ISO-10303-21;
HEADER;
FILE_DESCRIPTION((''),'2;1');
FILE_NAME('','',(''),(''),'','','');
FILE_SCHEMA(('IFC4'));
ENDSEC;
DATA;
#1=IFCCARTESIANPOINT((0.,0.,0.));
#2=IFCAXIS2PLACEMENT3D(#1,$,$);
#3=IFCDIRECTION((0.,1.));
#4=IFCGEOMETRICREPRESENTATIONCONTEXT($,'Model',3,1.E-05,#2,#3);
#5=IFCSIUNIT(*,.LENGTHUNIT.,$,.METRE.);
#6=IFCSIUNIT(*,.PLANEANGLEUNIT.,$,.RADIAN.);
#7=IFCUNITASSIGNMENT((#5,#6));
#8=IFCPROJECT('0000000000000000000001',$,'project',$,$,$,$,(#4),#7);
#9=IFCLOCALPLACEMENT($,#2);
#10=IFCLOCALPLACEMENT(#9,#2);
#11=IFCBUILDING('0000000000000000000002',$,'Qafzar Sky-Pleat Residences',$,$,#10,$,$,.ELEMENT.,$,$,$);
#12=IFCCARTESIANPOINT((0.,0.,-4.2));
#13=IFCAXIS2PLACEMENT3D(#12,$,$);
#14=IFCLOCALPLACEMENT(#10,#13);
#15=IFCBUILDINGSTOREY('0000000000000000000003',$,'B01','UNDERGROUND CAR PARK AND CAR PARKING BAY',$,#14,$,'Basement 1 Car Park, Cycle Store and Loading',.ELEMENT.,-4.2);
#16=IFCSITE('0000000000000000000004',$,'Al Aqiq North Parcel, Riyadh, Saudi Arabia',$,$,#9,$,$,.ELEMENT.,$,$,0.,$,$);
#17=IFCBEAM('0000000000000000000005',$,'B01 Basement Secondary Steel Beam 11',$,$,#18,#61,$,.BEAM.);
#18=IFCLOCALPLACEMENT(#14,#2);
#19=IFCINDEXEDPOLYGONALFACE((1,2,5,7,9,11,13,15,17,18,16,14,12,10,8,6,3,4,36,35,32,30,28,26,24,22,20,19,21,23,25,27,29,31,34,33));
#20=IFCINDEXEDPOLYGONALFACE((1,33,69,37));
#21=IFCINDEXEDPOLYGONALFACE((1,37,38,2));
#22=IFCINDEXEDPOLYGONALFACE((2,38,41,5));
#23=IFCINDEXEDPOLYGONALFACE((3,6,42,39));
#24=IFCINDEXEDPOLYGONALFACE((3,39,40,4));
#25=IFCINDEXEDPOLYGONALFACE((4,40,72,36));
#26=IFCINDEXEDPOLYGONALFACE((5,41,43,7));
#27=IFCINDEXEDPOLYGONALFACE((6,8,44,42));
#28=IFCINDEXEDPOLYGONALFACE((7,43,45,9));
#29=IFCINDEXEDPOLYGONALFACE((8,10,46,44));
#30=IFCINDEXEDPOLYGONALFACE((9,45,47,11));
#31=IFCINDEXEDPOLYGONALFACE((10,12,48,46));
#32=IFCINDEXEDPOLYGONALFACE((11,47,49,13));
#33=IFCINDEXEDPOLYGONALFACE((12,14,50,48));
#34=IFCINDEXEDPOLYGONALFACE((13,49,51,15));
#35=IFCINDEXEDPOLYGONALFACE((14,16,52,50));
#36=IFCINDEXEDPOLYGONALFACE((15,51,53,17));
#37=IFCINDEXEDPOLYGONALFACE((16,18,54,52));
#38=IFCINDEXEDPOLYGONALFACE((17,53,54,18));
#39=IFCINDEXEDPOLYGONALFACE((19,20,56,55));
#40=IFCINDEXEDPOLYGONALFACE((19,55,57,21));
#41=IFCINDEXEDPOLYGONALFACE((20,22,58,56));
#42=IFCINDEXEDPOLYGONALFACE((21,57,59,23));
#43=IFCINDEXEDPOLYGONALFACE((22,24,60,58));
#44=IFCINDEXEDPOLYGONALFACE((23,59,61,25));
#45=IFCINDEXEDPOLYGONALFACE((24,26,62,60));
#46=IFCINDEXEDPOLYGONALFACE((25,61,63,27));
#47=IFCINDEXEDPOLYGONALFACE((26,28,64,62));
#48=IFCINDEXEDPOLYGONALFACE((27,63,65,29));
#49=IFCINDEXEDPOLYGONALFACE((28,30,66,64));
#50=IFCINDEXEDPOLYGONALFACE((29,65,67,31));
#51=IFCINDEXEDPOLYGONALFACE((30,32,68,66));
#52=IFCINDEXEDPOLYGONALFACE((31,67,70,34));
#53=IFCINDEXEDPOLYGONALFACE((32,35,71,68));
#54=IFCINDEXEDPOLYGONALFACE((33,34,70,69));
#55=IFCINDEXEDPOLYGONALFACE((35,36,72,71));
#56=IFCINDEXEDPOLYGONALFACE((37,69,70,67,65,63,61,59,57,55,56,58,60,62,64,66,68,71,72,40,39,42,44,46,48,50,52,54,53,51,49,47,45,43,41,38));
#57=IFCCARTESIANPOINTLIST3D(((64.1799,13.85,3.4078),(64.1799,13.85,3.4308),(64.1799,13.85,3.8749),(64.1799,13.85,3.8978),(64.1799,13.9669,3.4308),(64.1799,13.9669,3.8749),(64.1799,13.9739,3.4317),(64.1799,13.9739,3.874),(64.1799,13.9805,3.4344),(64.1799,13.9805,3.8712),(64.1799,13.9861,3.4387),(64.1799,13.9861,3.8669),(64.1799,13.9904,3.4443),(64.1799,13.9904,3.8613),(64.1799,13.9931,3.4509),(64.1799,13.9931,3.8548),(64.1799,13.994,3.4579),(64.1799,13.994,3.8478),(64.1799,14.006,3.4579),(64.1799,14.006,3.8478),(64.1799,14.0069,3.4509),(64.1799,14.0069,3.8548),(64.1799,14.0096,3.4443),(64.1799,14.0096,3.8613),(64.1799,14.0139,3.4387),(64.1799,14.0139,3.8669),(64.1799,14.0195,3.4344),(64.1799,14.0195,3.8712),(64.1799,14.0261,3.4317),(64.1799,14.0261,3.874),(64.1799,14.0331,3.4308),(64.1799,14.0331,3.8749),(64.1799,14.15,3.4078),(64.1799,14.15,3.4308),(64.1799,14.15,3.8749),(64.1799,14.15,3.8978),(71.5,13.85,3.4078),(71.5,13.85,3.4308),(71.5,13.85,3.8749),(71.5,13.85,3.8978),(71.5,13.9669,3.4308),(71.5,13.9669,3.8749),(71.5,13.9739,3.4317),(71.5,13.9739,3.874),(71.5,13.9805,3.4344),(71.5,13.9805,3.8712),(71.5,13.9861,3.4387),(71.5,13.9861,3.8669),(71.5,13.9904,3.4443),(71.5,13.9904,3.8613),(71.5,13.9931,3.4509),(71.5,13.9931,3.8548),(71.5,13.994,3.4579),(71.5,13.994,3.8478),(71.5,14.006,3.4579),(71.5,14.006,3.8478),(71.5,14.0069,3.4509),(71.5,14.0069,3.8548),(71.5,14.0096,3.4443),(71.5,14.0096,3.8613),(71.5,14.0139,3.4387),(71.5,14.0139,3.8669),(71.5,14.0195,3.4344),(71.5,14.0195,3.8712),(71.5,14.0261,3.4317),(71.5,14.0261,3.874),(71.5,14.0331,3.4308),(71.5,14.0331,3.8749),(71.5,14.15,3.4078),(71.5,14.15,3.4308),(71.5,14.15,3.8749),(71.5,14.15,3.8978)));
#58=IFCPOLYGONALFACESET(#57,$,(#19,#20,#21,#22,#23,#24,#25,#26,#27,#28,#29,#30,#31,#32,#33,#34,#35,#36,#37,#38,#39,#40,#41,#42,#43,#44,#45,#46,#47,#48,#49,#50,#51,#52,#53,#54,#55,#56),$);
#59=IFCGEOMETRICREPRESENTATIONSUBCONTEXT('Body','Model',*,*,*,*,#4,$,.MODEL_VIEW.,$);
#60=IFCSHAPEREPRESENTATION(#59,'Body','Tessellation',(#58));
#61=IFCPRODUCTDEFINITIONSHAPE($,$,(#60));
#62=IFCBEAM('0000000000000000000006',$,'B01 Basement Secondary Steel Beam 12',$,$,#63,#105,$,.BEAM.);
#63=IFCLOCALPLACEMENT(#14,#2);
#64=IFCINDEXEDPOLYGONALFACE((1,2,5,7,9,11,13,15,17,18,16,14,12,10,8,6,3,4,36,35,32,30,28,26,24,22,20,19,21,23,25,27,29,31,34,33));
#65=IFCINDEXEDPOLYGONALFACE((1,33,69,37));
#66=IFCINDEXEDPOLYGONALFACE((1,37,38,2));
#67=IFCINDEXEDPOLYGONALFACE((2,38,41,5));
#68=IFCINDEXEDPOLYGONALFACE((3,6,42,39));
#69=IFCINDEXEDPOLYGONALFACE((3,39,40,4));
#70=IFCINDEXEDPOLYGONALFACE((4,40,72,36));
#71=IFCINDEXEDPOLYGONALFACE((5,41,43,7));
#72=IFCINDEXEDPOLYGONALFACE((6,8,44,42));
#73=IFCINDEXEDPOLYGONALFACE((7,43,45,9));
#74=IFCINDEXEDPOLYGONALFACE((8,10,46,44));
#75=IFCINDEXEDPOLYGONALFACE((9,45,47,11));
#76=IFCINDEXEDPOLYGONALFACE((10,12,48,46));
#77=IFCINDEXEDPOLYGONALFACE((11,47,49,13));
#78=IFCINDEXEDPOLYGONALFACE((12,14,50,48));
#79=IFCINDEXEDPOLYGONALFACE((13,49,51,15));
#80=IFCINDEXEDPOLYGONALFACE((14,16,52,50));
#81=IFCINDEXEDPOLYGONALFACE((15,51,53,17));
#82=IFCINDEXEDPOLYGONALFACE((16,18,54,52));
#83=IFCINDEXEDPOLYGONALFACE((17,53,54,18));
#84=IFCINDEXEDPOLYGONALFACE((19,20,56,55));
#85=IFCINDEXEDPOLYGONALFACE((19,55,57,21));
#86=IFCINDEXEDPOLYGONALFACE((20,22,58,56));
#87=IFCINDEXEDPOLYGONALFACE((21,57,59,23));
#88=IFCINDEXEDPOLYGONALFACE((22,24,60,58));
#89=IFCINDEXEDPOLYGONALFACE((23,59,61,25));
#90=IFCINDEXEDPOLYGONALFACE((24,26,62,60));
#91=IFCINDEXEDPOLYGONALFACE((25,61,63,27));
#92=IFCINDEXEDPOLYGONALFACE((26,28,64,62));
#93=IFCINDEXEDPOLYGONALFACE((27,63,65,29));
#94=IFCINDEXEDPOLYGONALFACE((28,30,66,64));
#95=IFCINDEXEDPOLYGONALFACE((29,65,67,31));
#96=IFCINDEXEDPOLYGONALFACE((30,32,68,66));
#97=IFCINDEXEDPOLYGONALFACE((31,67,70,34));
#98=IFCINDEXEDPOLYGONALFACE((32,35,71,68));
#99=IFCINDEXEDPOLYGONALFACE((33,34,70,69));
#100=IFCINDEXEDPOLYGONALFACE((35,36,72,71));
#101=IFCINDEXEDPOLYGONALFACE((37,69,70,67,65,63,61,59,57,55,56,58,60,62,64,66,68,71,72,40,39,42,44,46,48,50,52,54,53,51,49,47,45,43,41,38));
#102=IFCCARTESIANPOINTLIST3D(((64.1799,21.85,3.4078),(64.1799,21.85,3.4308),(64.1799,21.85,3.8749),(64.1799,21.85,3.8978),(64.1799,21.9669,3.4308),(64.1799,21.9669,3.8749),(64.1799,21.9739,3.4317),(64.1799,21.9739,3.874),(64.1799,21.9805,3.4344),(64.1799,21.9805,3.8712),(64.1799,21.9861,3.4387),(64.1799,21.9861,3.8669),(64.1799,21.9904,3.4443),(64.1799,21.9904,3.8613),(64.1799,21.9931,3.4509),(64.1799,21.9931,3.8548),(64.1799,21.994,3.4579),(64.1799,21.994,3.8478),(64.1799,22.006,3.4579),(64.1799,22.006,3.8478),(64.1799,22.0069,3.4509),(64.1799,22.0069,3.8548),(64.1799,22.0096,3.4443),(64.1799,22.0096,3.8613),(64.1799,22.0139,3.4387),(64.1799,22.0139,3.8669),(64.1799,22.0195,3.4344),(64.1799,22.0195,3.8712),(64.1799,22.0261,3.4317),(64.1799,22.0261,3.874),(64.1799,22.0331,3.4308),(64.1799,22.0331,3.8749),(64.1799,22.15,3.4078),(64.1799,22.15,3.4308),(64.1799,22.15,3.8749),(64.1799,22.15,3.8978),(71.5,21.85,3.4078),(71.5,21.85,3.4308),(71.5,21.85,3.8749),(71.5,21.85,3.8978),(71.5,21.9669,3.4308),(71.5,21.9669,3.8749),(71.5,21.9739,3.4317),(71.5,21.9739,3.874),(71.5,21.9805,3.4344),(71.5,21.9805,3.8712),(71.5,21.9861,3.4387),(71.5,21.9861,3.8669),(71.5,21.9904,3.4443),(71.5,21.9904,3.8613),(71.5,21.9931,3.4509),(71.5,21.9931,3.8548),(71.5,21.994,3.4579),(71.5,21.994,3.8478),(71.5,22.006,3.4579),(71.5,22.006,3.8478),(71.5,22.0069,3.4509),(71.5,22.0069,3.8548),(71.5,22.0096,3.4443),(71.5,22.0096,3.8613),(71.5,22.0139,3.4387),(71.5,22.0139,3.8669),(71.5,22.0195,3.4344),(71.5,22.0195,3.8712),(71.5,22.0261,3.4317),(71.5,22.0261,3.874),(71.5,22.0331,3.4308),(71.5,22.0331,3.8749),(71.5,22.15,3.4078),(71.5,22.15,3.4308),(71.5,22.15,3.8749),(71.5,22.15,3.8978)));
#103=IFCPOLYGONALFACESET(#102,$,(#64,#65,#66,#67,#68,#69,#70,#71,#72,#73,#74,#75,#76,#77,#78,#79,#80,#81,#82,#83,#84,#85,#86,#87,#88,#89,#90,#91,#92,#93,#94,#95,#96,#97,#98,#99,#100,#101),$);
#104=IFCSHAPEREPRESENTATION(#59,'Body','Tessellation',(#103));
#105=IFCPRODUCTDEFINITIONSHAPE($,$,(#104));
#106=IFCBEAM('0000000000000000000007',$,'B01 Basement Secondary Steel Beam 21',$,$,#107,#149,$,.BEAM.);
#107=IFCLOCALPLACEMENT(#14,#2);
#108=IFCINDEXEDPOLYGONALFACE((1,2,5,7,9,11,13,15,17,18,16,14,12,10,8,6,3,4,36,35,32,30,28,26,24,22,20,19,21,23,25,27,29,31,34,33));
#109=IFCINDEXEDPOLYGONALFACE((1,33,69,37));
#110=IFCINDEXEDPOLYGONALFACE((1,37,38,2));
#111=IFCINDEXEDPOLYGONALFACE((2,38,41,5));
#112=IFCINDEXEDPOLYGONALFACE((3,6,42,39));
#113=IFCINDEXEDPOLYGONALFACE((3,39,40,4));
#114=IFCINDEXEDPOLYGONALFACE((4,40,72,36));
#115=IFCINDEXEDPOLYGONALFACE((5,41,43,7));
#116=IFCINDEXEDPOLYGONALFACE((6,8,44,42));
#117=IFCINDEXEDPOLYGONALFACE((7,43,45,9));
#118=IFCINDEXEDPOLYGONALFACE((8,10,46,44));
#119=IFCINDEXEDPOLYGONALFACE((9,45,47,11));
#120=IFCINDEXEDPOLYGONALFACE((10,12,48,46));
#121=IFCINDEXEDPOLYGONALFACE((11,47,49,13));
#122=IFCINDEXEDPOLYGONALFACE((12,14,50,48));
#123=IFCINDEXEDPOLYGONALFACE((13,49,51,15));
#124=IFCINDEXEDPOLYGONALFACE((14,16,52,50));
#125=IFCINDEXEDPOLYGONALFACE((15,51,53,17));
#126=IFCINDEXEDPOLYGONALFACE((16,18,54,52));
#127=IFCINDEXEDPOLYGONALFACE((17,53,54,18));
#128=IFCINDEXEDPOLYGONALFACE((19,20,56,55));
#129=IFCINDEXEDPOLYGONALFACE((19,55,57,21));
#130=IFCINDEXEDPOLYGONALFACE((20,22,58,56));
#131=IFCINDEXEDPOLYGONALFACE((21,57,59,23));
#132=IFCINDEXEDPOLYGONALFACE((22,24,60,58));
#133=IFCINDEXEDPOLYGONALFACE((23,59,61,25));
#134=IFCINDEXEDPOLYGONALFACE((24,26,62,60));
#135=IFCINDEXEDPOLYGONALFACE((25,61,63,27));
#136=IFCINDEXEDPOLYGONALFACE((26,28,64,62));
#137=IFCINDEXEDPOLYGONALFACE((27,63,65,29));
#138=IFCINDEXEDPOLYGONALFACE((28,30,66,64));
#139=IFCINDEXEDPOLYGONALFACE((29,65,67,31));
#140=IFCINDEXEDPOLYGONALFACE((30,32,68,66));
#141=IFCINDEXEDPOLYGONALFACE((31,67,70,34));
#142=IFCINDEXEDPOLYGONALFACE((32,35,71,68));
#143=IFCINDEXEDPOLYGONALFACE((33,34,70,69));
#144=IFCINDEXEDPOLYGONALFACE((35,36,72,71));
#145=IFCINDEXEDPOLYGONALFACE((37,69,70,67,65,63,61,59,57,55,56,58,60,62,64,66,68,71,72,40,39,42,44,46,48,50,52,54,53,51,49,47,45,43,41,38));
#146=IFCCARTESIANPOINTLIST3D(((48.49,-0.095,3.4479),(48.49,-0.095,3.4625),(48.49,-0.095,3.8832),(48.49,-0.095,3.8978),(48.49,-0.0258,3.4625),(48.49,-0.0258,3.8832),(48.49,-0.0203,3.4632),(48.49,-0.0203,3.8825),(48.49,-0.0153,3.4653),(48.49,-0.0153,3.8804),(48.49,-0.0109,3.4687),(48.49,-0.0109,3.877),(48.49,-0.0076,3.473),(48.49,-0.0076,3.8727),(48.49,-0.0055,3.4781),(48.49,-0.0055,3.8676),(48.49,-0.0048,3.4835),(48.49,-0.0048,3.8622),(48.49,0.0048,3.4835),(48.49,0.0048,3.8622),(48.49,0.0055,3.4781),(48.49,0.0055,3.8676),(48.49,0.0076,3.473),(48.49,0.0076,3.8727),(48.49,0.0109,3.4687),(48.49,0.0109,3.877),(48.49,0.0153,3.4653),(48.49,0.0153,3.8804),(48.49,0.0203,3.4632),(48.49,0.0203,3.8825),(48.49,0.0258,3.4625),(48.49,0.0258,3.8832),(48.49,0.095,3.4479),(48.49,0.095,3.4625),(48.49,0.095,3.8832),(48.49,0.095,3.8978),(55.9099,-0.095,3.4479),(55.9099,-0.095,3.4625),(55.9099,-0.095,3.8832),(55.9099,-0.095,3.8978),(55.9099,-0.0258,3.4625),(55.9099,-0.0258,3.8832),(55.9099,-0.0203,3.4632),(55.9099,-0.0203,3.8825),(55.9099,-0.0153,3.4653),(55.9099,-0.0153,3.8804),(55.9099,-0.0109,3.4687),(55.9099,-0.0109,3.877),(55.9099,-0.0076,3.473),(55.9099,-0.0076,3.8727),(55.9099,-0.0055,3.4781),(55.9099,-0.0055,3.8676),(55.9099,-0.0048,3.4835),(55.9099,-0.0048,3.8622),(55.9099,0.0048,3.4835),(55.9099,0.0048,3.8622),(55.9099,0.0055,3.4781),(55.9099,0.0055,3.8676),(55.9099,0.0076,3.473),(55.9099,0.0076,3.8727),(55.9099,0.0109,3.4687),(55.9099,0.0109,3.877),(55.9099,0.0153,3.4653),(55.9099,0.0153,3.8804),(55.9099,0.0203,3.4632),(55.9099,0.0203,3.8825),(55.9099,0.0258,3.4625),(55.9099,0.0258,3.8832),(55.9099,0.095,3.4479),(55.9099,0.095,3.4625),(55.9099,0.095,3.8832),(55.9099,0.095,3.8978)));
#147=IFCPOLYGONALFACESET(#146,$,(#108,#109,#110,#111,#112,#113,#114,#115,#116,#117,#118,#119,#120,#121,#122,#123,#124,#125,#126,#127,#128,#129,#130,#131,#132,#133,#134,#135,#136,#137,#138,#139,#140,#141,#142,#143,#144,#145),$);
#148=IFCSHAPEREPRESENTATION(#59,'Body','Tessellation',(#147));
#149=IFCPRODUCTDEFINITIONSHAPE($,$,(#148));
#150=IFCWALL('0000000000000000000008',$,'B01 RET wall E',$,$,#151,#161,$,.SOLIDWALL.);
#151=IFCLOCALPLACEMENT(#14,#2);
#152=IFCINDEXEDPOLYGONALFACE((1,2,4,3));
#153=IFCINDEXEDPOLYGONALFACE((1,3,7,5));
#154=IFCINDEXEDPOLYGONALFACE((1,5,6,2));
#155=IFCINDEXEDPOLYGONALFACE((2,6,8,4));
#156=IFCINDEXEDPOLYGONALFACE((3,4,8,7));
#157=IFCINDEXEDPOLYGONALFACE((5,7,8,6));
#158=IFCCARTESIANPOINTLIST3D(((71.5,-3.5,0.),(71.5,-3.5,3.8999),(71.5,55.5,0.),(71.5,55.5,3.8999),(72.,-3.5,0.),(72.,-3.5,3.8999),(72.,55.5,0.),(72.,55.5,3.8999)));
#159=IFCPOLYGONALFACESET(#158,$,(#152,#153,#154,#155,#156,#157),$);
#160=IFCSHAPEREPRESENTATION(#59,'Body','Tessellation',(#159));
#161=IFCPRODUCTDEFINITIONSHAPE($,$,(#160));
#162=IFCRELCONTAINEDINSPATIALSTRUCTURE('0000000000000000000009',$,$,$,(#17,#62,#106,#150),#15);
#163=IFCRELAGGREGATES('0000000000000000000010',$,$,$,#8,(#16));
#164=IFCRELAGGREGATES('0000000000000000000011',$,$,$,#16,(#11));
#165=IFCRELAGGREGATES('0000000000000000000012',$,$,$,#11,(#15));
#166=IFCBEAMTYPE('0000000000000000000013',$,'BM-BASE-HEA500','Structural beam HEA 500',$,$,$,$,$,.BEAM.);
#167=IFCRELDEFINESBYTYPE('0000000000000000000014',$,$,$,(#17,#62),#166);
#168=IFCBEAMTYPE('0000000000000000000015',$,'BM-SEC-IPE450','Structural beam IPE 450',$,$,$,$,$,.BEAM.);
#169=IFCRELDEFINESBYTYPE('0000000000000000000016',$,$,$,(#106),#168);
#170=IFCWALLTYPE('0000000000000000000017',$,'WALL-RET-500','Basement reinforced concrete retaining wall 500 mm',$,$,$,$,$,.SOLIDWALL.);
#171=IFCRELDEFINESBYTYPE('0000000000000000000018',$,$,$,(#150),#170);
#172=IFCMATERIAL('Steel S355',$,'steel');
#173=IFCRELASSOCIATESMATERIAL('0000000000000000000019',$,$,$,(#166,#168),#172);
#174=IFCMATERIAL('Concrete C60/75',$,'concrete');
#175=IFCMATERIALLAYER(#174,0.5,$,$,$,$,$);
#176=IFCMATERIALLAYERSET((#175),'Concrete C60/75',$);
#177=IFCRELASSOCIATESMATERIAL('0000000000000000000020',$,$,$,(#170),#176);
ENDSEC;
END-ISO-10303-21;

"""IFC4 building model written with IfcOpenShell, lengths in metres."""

from ifc_helpers import new_model, si_unit, direction, frame, frame_2d, origin, origin_2d, place, context, subcontext, project, spatial, rectangle, i_section, extrude, source, transform, mapped, material, layer, layer_set, material_profile, profile_set, type_object, element, save


model = new_model("IFC4")

# Units and contexts
model_context = context("Model", 3, precision=1e-05, world=origin(), true_north=direction((0.0, 1.0)))
body_context = subcontext(model_context, "Body", "Model", "MODEL_VIEW")
ifc_project = project(units=[si_unit("LENGTHUNIT", "METRE"), si_unit("PLANEANGLEUNIT", "RADIAN")], contexts=[model_context])

# Site, building, storey
site_placement = place(None, origin())
site = spatial("IfcSite", under=ifc_project, at=site_placement, Name="Al Aqiq North Parcel, Riyadh, Saudi Arabia", CompositionType="ELEMENT", RefElevation=0.0)
building_placement = place(site_placement, origin())
building = spatial("IfcBuilding", under=site, at=building_placement, Name="Qafzar Sky-Pleat Residences", CompositionType="ELEMENT")
storey_placement = place(building_placement, frame((0.0, 0.0, -4.2)))
storey = spatial("IfcBuildingStorey", under=building, at=storey_placement, Name="B01", Description="UNDERGROUND CAR PARK AND CAR PARKING BAY", LongName="Basement 1 Car Park, Cycle Store and Loading", CompositionType="ELEMENT", Elevation=-4.2)

# Shared definitions
ifc_material_1 = material(Name="Concrete C60/75", Category="concrete")

# Beams
ifc_material_2 = material(Name="Steel S355", Category="steel")
ifc_material_profile_1 = material_profile(ifc_material_2, i_section(OverallWidth=0.3, OverallDepth=0.49, WebThickness=0.012, FlangeThickness=0.0229, FilletRadius=0.0271, at=origin_2d()), Name="HEA 500")
ifc_profile_set_1 = profile_set([ifc_material_profile_1], Name="Steel S355")
beam_type_1 = type_object("IfcBeamType", Name="BM-BASE-HEA500", Description="Structural beam HEA 500", PredefinedType="BEAM", material=ifc_profile_set_1)
shared_shape_1 = source(origin(), body_context, "Body", "SweptSolid", [
    extrude(i_section(OverallWidth=0.3, OverallDepth=0.49, WebThickness=0.012, FlangeThickness=0.0229, FilletRadius=0.0271, at=origin_2d()), origin(), (0.0, 0.0, 1.0), 7.3201),
])
for number, where, z_axis, x_axis, name in (
    (1, (64.1799, 14.0, 3.6528), (1.0, 0.0, 0.0), (0.0, 1.0, 0.0), "B01 Basement Secondary Steel Beam 11"),
    (2, (64.1799, 22.0, 3.6528), (1.0, 0.0, 0.0), (0.0, 1.0, 0.0), "B01 Basement Secondary Steel Beam 12"),
):
    element("IfcBeam", number, at=place(storey_placement, frame(where, z_axis=z_axis, x_axis=x_axis)), inside=storey, type_object=beam_type_1, Name=name, PredefinedType="BEAM", context=body_context, shape_type="MappedRepresentation", body=[
        mapped(shared_shape_1, transform((0.0, 0.0, 0.0), x_axis=(1.0, 0.0, 0.0), y_axis=(0.0, 1.0, 0.0), z_axis=(0.0, 0.0, 1.0), scale=1.0)),
    ])
ifc_material_profile_2 = material_profile(ifc_material_2, i_section(OverallWidth=0.1899, OverallDepth=0.45, WebThickness=0.0095, FlangeThickness=0.0146, FilletRadius=0.021, at=origin_2d()), Name="IPE 450")
ifc_profile_set_2 = profile_set([ifc_material_profile_2], Name="Steel S355")
beam_type_2 = type_object("IfcBeamType", Name="BM-SEC-IPE450", Description="Structural beam IPE 450", PredefinedType="BEAM", material=ifc_profile_set_2)
shared_shape_2 = source(origin(), body_context, "Body", "SweptSolid", [
    extrude(i_section(OverallWidth=0.1899, OverallDepth=0.45, WebThickness=0.0095, FlangeThickness=0.0146, FilletRadius=0.021, at=origin_2d()), origin(), (0.0, 0.0, 1.0), 7.4199),
])
beam_1_placement = place(storey_placement, frame((48.49, 0.0, 3.6729), z_axis=(1.0, 0.0, 0.0), x_axis=(0.0, 1.0, 0.0)))
element("IfcBeam", 3, at=beam_1_placement, inside=storey, type_object=beam_type_2, Name="B01 Basement Secondary Steel Beam 21", PredefinedType="BEAM", context=body_context, shape_type="MappedRepresentation", body=[
    mapped(shared_shape_2, transform((0.0, 0.0, 0.0), x_axis=(1.0, 0.0, 0.0), y_axis=(0.0, 1.0, 0.0), z_axis=(0.0, 0.0, 1.0), scale=1.0)),
])

# Wall
ifc_layer = layer(ifc_material_1, 0.5)
ifc_layer_set = layer_set([ifc_layer], Name="Concrete C60/75")
wall_type = type_object("IfcWallType", Name="WALL-RET-500", Description="Basement reinforced concrete retaining wall 500 mm", PredefinedType="SOLIDWALL", material=ifc_layer_set)
wall_placement = place(storey_placement, frame((71.75, -3.5, 0.0), z_axis=(0.0, 0.0, 1.0), x_axis=(0.0, 1.0, 0.0)))
element("IfcWall", 4, at=wall_placement, inside=storey, type_object=wall_type, Name="B01 RET wall E", PredefinedType="SOLIDWALL", context=body_context, shape_type="SweptSolid", body=[
    extrude(rectangle(XDim=59.0, YDim=0.5, at=frame_2d((29.5, 0.0))), origin(), (0.0, 0.0, 1.0), 3.8999),
])

save(model, "model.ifc")
